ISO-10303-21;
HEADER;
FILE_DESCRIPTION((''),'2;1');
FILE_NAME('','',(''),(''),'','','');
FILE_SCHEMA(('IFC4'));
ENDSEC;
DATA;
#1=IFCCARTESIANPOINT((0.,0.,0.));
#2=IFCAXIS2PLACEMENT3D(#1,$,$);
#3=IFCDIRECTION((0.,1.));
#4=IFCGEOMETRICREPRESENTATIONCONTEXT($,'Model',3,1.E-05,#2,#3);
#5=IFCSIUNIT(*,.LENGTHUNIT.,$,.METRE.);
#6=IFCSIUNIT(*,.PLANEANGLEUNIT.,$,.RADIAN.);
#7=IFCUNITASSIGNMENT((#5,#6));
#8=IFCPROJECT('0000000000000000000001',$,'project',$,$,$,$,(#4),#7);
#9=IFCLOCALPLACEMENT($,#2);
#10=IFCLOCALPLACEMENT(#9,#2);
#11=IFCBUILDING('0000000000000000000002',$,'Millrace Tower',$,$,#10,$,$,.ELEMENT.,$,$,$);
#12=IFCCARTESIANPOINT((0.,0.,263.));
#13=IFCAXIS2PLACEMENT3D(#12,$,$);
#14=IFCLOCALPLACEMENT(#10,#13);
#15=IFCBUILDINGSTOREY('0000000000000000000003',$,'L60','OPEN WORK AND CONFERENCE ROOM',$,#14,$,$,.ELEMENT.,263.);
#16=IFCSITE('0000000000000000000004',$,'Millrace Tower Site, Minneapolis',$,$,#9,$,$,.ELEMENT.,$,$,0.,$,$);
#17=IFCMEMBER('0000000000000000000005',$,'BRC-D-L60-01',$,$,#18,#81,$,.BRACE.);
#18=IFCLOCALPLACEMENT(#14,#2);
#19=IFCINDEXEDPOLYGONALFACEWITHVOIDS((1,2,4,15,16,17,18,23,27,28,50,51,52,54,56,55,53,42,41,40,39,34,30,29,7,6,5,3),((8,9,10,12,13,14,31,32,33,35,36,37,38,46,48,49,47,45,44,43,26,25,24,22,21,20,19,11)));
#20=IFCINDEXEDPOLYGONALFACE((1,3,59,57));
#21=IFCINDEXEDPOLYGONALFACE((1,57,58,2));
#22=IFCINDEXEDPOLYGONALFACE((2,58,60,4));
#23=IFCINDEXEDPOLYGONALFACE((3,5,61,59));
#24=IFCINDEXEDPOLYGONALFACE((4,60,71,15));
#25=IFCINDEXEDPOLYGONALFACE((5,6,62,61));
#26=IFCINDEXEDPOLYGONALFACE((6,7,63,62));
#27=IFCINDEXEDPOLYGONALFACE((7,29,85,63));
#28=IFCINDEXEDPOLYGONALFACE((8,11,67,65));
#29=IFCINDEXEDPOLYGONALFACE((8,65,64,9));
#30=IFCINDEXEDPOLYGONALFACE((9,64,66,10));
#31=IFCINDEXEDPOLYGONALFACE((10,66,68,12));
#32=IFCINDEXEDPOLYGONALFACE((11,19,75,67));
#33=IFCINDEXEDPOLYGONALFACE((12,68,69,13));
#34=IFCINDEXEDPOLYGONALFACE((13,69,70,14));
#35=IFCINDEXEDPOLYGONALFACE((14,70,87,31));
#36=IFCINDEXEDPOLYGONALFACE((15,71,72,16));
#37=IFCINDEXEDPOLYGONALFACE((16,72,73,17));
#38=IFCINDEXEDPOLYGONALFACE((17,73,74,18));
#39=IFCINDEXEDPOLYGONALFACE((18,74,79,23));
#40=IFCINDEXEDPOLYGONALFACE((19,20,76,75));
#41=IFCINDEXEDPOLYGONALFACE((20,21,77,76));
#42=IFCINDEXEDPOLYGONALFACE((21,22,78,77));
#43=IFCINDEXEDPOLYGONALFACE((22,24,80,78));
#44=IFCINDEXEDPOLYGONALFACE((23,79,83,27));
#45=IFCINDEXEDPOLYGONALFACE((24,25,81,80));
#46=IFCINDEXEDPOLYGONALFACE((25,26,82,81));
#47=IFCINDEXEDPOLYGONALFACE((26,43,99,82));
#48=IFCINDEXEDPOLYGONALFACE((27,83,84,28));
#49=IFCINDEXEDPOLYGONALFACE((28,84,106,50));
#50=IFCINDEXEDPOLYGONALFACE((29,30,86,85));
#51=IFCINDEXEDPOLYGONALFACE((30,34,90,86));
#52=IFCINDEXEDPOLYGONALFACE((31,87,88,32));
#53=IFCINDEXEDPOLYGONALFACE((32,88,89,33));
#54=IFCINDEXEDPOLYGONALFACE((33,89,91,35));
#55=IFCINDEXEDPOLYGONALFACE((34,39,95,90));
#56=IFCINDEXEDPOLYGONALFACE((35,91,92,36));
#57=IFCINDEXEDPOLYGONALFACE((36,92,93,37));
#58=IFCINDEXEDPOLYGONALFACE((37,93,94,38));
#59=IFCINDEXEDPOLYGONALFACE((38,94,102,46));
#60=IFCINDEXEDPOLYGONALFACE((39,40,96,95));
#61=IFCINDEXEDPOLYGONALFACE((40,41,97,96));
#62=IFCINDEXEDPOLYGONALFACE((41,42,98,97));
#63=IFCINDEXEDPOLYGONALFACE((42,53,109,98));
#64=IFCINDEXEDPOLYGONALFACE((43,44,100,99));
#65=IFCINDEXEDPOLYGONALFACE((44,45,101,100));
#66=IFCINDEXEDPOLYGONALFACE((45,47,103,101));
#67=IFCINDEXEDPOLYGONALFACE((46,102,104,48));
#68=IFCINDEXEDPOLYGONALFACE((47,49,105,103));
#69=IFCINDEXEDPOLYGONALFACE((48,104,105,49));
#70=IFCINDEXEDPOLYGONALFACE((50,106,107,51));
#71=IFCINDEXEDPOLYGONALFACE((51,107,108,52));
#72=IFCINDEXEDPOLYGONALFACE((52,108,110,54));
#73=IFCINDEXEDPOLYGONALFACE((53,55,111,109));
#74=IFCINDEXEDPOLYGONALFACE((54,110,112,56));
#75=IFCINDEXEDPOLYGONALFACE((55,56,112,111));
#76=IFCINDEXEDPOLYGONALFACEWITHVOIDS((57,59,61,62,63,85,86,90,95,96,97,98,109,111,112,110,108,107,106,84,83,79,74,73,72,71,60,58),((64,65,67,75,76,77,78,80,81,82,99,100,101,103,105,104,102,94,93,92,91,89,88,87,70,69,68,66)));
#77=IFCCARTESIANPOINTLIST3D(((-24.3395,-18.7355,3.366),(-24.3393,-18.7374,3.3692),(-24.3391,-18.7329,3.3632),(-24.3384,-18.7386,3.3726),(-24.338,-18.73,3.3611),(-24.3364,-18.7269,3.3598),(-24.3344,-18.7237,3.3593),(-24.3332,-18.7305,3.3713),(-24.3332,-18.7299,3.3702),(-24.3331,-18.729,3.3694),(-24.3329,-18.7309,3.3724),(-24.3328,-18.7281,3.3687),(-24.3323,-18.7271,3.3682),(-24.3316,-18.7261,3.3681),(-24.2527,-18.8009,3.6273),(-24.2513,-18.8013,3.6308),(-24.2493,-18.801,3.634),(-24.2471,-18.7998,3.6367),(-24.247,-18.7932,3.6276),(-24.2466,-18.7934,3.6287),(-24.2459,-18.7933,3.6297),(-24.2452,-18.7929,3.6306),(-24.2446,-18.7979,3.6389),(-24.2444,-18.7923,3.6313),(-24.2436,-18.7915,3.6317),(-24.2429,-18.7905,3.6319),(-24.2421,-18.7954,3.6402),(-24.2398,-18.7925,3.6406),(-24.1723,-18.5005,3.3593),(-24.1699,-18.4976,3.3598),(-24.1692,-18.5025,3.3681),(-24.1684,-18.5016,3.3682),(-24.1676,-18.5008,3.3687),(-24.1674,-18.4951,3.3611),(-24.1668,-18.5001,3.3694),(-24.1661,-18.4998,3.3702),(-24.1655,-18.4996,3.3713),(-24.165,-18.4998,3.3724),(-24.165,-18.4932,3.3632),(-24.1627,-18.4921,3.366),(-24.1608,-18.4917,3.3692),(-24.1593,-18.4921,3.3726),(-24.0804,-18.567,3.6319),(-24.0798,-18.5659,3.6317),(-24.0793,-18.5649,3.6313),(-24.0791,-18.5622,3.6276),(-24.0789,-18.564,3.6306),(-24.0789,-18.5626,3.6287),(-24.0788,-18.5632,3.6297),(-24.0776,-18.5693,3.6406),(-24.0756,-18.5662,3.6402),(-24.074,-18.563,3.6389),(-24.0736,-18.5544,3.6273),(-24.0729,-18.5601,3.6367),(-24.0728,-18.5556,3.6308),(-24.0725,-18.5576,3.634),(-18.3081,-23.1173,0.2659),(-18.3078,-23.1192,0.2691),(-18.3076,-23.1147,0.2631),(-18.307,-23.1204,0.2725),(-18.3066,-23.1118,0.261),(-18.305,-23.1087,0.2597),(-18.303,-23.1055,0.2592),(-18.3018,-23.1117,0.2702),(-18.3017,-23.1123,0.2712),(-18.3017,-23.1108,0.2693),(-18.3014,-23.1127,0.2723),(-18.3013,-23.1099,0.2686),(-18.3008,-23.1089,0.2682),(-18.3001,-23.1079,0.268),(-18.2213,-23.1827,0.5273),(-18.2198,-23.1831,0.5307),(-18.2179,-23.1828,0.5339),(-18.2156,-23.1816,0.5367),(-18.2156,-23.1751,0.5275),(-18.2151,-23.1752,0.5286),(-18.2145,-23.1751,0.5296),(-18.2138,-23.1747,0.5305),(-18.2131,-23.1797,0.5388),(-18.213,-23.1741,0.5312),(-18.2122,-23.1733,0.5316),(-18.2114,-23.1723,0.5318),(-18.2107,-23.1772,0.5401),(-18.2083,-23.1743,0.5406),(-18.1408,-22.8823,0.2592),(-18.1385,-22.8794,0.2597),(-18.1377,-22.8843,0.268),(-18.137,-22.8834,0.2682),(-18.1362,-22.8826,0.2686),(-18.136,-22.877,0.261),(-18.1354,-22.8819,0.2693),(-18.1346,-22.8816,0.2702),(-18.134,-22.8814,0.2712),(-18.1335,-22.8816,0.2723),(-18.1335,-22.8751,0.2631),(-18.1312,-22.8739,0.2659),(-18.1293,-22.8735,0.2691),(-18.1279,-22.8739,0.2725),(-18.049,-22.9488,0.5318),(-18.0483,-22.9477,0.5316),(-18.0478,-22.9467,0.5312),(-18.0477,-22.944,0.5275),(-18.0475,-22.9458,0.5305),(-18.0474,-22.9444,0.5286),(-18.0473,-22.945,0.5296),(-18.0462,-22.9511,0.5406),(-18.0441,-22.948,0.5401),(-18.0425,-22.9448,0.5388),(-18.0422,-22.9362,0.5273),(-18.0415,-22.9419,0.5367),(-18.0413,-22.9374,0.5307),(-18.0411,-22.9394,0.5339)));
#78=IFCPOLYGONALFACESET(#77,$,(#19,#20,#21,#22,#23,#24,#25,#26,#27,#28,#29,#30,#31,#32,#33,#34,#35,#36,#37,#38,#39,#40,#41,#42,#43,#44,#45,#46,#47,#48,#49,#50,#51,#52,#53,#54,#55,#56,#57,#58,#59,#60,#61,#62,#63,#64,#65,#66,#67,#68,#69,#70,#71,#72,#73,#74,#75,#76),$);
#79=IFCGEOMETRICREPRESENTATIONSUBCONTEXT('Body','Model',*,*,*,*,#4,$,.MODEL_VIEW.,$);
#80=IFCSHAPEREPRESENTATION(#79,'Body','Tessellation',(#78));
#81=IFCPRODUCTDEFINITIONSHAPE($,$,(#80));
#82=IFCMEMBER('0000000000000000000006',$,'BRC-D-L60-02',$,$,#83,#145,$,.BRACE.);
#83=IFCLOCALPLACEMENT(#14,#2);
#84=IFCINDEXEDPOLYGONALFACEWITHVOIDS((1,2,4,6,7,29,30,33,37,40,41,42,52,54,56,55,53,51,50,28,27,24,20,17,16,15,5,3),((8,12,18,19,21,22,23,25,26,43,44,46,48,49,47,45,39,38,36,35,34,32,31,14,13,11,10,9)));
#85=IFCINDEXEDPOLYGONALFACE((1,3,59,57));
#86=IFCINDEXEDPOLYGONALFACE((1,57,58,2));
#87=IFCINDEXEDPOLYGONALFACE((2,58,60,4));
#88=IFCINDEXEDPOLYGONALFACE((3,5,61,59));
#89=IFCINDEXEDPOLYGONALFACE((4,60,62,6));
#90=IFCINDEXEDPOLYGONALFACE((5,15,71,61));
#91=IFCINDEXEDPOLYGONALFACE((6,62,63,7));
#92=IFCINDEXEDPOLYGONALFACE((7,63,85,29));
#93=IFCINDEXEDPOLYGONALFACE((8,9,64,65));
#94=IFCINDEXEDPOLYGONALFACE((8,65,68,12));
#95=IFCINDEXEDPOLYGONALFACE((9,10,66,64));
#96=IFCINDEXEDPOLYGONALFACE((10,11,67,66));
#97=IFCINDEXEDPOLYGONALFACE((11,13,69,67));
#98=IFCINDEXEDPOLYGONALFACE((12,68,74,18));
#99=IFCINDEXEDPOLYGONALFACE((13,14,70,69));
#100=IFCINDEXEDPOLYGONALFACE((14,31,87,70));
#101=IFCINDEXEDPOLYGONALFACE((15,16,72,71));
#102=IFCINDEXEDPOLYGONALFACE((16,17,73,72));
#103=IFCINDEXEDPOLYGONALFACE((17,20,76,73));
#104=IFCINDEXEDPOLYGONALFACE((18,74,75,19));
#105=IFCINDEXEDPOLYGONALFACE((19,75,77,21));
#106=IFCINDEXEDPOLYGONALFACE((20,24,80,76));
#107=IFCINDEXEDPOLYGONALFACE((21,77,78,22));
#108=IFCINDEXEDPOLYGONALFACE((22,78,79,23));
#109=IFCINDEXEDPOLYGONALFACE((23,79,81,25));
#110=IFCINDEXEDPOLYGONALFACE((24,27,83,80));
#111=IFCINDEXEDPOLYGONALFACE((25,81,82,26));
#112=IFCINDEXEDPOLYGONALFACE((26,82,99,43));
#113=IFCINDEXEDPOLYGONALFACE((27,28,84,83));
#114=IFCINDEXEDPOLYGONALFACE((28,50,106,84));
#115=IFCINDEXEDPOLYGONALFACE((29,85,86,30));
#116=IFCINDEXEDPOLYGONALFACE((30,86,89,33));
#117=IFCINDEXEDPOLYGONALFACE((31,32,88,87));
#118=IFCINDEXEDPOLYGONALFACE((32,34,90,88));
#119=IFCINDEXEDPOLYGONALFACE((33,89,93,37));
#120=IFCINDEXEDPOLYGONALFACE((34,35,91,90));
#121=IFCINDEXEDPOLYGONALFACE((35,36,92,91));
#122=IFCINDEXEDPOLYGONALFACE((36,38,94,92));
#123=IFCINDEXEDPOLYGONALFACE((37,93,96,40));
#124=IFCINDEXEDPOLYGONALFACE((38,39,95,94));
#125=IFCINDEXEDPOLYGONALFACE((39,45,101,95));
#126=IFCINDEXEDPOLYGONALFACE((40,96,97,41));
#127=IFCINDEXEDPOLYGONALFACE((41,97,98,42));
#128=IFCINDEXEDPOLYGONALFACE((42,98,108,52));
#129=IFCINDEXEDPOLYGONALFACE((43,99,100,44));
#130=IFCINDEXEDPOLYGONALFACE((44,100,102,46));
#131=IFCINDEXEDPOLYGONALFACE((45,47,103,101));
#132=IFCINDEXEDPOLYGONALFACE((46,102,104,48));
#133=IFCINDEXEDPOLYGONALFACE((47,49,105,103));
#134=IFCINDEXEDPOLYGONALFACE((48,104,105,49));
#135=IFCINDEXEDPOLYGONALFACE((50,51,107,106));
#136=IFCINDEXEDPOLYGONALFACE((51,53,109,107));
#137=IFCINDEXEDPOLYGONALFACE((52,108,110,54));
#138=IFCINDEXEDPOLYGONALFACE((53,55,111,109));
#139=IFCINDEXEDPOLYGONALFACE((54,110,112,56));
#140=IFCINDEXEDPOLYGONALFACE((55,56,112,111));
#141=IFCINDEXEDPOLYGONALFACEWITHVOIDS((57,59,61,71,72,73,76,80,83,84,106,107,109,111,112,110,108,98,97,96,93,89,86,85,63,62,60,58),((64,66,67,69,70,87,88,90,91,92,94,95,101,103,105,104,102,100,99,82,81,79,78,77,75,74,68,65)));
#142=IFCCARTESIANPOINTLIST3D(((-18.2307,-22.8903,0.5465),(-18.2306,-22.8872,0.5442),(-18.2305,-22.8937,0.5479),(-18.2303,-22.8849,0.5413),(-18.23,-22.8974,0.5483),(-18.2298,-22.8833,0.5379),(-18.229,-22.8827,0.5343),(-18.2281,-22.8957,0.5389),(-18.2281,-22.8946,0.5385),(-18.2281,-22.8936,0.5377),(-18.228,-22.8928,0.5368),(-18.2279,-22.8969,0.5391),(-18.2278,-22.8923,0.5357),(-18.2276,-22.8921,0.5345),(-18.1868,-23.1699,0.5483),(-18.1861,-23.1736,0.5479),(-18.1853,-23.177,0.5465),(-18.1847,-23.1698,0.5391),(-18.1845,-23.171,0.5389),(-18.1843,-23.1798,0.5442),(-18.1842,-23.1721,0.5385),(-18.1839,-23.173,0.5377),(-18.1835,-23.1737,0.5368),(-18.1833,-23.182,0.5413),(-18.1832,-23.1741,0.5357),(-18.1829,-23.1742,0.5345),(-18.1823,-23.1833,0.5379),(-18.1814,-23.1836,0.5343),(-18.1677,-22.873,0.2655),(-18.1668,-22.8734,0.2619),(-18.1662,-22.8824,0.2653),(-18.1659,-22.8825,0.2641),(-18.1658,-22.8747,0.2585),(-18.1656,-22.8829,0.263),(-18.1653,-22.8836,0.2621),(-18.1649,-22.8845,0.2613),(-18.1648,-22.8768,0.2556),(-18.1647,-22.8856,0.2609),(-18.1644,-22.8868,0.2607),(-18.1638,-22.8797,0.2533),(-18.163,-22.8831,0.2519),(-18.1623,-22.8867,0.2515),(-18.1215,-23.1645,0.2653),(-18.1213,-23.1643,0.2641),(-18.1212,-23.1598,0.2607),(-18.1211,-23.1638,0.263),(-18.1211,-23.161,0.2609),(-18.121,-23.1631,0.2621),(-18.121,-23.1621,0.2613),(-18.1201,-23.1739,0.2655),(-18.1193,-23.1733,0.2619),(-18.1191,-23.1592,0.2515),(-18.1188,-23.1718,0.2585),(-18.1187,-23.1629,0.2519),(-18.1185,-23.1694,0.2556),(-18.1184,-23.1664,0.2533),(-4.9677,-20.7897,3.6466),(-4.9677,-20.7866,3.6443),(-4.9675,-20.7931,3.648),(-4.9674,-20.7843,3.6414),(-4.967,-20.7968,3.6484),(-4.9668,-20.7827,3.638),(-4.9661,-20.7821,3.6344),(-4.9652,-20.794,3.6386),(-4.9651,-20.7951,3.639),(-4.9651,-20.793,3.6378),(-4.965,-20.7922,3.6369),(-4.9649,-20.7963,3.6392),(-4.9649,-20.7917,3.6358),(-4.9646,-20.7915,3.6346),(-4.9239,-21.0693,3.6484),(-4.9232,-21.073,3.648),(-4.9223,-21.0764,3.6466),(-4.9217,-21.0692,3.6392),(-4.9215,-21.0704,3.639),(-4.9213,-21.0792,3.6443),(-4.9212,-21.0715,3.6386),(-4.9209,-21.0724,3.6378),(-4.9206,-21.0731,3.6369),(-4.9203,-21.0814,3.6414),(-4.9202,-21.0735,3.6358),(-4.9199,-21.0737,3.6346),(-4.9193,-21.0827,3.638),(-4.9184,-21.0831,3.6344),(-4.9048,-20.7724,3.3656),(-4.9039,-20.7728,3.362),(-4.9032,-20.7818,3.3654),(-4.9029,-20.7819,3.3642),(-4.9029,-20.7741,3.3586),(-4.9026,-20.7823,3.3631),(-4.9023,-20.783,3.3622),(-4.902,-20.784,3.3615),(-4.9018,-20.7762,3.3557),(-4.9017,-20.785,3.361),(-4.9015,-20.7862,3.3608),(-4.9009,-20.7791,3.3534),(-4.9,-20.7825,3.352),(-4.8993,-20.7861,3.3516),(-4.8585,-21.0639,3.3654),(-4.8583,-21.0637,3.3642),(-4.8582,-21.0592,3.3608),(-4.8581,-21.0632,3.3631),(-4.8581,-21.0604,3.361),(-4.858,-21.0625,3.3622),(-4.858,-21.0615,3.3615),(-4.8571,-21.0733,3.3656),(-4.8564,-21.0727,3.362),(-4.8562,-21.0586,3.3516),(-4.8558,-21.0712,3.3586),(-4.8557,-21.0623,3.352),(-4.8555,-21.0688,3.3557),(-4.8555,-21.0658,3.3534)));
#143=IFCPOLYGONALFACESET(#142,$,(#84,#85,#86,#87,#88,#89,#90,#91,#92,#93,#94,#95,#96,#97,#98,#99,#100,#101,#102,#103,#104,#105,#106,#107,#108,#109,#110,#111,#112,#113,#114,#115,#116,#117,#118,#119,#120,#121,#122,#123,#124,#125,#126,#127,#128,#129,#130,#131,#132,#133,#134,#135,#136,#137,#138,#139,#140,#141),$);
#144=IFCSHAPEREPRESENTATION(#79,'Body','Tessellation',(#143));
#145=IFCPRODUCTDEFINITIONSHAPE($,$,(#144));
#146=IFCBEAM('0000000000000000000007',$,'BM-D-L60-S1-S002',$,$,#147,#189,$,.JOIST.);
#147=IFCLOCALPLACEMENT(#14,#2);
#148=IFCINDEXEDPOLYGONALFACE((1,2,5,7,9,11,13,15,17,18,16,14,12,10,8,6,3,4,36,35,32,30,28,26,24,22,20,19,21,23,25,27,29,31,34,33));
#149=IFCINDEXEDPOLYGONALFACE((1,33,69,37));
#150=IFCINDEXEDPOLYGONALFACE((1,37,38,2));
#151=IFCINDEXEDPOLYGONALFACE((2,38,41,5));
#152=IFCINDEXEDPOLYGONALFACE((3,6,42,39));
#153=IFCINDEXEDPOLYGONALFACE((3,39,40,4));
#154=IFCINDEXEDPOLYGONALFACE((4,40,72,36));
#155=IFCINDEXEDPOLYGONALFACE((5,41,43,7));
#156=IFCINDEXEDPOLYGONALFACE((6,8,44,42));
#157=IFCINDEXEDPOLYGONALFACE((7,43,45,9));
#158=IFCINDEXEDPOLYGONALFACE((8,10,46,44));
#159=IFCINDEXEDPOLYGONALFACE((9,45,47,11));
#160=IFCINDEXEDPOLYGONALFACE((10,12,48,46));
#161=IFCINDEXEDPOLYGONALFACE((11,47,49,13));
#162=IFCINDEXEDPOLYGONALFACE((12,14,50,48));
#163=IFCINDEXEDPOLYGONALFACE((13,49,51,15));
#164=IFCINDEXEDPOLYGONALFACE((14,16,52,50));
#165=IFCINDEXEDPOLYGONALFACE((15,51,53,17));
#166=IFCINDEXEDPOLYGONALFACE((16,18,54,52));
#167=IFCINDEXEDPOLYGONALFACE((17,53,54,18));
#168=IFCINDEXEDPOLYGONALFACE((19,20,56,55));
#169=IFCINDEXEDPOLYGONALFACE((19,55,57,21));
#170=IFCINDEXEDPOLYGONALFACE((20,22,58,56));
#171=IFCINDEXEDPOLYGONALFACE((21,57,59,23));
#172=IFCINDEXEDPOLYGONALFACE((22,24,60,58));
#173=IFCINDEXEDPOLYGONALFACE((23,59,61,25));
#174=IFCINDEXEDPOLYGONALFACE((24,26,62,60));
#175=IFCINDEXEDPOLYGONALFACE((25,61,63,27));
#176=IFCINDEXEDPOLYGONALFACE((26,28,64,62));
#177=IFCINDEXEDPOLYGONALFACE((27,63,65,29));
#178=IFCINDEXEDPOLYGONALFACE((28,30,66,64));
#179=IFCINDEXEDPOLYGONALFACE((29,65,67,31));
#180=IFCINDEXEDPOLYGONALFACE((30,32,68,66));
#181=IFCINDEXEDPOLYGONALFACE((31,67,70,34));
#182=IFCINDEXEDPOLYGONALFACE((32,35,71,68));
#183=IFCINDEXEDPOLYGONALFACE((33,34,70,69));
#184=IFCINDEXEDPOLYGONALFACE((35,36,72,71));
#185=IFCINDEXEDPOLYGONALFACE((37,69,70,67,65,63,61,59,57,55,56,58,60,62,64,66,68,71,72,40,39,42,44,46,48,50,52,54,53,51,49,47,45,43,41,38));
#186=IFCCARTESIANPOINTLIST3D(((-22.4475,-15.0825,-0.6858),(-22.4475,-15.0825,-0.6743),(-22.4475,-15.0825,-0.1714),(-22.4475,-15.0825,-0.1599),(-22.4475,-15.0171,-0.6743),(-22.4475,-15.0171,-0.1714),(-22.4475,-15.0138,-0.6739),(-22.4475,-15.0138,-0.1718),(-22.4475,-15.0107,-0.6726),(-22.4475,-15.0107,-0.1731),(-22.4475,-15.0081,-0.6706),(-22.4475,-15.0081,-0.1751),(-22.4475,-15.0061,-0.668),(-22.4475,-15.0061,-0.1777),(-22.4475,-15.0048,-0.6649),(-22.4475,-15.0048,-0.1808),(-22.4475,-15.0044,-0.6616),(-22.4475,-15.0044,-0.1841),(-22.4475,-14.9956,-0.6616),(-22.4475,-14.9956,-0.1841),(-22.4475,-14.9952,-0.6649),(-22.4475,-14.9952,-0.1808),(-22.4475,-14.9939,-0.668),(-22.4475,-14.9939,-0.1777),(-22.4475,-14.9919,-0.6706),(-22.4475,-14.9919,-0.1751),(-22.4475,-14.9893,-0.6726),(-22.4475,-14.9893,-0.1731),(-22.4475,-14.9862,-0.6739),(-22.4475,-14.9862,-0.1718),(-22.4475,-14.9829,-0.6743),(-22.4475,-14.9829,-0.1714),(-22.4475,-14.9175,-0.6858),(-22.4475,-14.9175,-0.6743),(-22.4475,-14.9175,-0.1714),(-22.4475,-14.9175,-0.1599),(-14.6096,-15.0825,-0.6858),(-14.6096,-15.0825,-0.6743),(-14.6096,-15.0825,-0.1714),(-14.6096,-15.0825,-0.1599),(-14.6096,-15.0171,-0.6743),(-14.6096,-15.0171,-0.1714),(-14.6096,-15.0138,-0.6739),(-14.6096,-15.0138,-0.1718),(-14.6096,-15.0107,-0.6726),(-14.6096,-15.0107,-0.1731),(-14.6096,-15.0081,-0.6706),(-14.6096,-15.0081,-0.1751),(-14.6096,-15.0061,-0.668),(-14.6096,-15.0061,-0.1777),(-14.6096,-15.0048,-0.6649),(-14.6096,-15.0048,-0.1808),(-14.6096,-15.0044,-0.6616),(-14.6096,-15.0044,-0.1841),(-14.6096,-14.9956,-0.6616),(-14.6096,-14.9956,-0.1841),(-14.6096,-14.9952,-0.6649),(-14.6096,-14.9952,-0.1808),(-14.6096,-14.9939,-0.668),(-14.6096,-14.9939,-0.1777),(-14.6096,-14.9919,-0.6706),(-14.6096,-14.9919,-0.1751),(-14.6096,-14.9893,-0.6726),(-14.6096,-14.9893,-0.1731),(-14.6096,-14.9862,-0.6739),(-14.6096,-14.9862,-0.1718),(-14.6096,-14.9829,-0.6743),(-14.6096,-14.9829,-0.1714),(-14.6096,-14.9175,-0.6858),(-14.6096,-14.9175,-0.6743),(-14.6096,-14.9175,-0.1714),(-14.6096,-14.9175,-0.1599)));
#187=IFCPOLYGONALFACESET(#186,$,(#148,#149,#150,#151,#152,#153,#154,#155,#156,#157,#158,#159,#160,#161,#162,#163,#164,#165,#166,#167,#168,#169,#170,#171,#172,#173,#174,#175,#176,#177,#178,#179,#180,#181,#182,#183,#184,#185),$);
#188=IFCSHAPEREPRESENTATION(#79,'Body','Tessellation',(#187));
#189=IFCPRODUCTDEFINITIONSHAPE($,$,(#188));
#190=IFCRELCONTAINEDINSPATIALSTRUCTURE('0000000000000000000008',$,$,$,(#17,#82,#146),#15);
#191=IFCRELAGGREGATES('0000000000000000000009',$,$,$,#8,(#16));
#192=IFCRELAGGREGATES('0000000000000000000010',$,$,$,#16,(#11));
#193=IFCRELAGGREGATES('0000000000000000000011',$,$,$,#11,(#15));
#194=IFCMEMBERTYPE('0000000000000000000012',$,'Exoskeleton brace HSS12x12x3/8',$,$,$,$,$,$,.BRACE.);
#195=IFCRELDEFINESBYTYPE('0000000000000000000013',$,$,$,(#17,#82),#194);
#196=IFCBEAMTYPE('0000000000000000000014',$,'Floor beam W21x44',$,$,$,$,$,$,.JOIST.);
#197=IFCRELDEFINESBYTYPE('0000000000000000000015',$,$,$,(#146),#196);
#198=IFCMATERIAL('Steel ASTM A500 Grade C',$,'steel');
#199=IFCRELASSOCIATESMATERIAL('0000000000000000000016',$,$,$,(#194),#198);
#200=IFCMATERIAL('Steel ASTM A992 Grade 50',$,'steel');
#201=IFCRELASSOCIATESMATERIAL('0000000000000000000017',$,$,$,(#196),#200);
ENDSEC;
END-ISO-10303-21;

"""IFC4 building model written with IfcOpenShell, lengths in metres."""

from ifc_helpers import new_model, si_unit, direction, frame, origin, origin_2d, place, context, subcontext, project, spatial, hollow_rectangle, i_section, extrude, material, material_profile, profile_set, type_object, element, save


model = new_model("IFC4")

# Units and contexts
model_context = context("Model", 3, precision=1e-05, world=origin(), true_north=direction((0.0, 1.0)))
body_context = subcontext(model_context, "Body", "Model", "MODEL_VIEW")
ifc_project = project(units=[si_unit("LENGTHUNIT", "METRE"), si_unit("PLANEANGLEUNIT", "RADIAN")], contexts=[model_context])

# Site, building, storey
site_placement = place(None, origin())
site = spatial("IfcSite", under=ifc_project, at=site_placement, Name="Millrace Tower Site, Minneapolis", CompositionType="ELEMENT", RefElevation=0.0)
building_placement = place(site_placement, origin())
building = spatial("IfcBuilding", under=site, at=building_placement, Name="Millrace Tower", CompositionType="ELEMENT")
storey_placement = place(building_placement, frame((0.0, 0.0, 263.0)))
storey = spatial("IfcBuildingStorey", under=building, at=storey_placement, Name="L60", Description="OPEN WORK AND CONFERENCE ROOM", CompositionType="ELEMENT", Elevation=263.0)

# Members
ifc_material_1 = material(Name="Steel ASTM A500 Grade C", Category="steel")
ifc_material_profile_1 = material_profile(ifc_material_1, hollow_rectangle(XDim=0.3047, YDim=0.3047, WallThickness=0.0095, InnerFilletRadius=0.0046, OuterFilletRadius=0.0144, at=origin_2d()))
ifc_profile_set_1 = profile_set([ifc_material_profile_1], Name="Steel ASTM A500 Grade C")
member_type_1 = type_object("IfcMemberType", Name="Exoskeleton brace HSS12x12x3/8", PredefinedType="BRACE", material=ifc_profile_set_1)
member_1_placement = place(storey_placement, frame((-18.1746, -23.0283, 0.3999), z_axis=(-0.747024, 0.542707, 0.383959), x_axis=(-0.587759, -0.809036, 0.0)))
element("IfcMember", 1, at=member_1_placement, inside=storey, type_object=member_type_1, Name="BRC-D-L60-01", PredefinedType="BRACE", context=body_context, shape_type="SweptSolid", body=[
    extrude(hollow_rectangle(XDim=0.3047, YDim=0.3047, WallThickness=0.0095, InnerFilletRadius=0.0046, OuterFilletRadius=0.0144, at=origin_2d()), origin(), (0.0, 0.0, 1.0), 8.074),
])
member_2_placement = place(storey_placement, frame((-18.1746, -23.0283, 0.3999), z_axis=(0.962376, 0.152421, 0.224947), x_axis=(-0.15643, 0.987689, 0.0)))
element("IfcMember", 2, at=member_2_placement, inside=storey, type_object=member_type_1, Name="BRC-D-L60-02", PredefinedType="BRACE", context=body_context, shape_type="SweptSolid", body=[
    extrude(hollow_rectangle(XDim=0.3047, YDim=0.3047, WallThickness=0.0095, InnerFilletRadius=0.0046, OuterFilletRadius=0.0144, at=origin_2d()), origin(), (0.0, 0.0, 1.0), 13.7815),
])

# Beam
ifc_material_2 = material(Name="Steel ASTM A992 Grade 50", Category="steel")
ifc_material_profile_2 = material_profile(ifc_material_2, i_section(OverallWidth=0.165, OverallDepth=0.5259, WebThickness=0.0088, FlangeThickness=0.0115, FilletRadius=0.0127, at=origin_2d()))
ifc_profile_set_2 = profile_set([ifc_material_profile_2], Name="Steel ASTM A992 Grade 50")
beam_type_1 = type_object("IfcBeamType", Name="Floor beam W21x44", PredefinedType="JOIST", material=ifc_profile_set_2)
beam_1_placement = place(storey_placement, frame((-22.4475, -15.0, -0.4229), z_axis=(1.0, 0.0, 0.0), x_axis=(0.0, 1.0, 0.0)))
element("IfcBeam", 3, at=beam_1_placement, inside=storey, type_object=beam_type_1, Name="BM-D-L60-S1-S002", PredefinedType="JOIST", context=body_context, shape_type="SweptSolid", body=[
    extrude(i_section(OverallWidth=0.165, OverallDepth=0.5259, WebThickness=0.0088, FlangeThickness=0.0115, FilletRadius=0.0127, at=origin_2d()), origin(), (0.0, 0.0, 1.0), 7.8379),
])

save(model, "model.ifc")
